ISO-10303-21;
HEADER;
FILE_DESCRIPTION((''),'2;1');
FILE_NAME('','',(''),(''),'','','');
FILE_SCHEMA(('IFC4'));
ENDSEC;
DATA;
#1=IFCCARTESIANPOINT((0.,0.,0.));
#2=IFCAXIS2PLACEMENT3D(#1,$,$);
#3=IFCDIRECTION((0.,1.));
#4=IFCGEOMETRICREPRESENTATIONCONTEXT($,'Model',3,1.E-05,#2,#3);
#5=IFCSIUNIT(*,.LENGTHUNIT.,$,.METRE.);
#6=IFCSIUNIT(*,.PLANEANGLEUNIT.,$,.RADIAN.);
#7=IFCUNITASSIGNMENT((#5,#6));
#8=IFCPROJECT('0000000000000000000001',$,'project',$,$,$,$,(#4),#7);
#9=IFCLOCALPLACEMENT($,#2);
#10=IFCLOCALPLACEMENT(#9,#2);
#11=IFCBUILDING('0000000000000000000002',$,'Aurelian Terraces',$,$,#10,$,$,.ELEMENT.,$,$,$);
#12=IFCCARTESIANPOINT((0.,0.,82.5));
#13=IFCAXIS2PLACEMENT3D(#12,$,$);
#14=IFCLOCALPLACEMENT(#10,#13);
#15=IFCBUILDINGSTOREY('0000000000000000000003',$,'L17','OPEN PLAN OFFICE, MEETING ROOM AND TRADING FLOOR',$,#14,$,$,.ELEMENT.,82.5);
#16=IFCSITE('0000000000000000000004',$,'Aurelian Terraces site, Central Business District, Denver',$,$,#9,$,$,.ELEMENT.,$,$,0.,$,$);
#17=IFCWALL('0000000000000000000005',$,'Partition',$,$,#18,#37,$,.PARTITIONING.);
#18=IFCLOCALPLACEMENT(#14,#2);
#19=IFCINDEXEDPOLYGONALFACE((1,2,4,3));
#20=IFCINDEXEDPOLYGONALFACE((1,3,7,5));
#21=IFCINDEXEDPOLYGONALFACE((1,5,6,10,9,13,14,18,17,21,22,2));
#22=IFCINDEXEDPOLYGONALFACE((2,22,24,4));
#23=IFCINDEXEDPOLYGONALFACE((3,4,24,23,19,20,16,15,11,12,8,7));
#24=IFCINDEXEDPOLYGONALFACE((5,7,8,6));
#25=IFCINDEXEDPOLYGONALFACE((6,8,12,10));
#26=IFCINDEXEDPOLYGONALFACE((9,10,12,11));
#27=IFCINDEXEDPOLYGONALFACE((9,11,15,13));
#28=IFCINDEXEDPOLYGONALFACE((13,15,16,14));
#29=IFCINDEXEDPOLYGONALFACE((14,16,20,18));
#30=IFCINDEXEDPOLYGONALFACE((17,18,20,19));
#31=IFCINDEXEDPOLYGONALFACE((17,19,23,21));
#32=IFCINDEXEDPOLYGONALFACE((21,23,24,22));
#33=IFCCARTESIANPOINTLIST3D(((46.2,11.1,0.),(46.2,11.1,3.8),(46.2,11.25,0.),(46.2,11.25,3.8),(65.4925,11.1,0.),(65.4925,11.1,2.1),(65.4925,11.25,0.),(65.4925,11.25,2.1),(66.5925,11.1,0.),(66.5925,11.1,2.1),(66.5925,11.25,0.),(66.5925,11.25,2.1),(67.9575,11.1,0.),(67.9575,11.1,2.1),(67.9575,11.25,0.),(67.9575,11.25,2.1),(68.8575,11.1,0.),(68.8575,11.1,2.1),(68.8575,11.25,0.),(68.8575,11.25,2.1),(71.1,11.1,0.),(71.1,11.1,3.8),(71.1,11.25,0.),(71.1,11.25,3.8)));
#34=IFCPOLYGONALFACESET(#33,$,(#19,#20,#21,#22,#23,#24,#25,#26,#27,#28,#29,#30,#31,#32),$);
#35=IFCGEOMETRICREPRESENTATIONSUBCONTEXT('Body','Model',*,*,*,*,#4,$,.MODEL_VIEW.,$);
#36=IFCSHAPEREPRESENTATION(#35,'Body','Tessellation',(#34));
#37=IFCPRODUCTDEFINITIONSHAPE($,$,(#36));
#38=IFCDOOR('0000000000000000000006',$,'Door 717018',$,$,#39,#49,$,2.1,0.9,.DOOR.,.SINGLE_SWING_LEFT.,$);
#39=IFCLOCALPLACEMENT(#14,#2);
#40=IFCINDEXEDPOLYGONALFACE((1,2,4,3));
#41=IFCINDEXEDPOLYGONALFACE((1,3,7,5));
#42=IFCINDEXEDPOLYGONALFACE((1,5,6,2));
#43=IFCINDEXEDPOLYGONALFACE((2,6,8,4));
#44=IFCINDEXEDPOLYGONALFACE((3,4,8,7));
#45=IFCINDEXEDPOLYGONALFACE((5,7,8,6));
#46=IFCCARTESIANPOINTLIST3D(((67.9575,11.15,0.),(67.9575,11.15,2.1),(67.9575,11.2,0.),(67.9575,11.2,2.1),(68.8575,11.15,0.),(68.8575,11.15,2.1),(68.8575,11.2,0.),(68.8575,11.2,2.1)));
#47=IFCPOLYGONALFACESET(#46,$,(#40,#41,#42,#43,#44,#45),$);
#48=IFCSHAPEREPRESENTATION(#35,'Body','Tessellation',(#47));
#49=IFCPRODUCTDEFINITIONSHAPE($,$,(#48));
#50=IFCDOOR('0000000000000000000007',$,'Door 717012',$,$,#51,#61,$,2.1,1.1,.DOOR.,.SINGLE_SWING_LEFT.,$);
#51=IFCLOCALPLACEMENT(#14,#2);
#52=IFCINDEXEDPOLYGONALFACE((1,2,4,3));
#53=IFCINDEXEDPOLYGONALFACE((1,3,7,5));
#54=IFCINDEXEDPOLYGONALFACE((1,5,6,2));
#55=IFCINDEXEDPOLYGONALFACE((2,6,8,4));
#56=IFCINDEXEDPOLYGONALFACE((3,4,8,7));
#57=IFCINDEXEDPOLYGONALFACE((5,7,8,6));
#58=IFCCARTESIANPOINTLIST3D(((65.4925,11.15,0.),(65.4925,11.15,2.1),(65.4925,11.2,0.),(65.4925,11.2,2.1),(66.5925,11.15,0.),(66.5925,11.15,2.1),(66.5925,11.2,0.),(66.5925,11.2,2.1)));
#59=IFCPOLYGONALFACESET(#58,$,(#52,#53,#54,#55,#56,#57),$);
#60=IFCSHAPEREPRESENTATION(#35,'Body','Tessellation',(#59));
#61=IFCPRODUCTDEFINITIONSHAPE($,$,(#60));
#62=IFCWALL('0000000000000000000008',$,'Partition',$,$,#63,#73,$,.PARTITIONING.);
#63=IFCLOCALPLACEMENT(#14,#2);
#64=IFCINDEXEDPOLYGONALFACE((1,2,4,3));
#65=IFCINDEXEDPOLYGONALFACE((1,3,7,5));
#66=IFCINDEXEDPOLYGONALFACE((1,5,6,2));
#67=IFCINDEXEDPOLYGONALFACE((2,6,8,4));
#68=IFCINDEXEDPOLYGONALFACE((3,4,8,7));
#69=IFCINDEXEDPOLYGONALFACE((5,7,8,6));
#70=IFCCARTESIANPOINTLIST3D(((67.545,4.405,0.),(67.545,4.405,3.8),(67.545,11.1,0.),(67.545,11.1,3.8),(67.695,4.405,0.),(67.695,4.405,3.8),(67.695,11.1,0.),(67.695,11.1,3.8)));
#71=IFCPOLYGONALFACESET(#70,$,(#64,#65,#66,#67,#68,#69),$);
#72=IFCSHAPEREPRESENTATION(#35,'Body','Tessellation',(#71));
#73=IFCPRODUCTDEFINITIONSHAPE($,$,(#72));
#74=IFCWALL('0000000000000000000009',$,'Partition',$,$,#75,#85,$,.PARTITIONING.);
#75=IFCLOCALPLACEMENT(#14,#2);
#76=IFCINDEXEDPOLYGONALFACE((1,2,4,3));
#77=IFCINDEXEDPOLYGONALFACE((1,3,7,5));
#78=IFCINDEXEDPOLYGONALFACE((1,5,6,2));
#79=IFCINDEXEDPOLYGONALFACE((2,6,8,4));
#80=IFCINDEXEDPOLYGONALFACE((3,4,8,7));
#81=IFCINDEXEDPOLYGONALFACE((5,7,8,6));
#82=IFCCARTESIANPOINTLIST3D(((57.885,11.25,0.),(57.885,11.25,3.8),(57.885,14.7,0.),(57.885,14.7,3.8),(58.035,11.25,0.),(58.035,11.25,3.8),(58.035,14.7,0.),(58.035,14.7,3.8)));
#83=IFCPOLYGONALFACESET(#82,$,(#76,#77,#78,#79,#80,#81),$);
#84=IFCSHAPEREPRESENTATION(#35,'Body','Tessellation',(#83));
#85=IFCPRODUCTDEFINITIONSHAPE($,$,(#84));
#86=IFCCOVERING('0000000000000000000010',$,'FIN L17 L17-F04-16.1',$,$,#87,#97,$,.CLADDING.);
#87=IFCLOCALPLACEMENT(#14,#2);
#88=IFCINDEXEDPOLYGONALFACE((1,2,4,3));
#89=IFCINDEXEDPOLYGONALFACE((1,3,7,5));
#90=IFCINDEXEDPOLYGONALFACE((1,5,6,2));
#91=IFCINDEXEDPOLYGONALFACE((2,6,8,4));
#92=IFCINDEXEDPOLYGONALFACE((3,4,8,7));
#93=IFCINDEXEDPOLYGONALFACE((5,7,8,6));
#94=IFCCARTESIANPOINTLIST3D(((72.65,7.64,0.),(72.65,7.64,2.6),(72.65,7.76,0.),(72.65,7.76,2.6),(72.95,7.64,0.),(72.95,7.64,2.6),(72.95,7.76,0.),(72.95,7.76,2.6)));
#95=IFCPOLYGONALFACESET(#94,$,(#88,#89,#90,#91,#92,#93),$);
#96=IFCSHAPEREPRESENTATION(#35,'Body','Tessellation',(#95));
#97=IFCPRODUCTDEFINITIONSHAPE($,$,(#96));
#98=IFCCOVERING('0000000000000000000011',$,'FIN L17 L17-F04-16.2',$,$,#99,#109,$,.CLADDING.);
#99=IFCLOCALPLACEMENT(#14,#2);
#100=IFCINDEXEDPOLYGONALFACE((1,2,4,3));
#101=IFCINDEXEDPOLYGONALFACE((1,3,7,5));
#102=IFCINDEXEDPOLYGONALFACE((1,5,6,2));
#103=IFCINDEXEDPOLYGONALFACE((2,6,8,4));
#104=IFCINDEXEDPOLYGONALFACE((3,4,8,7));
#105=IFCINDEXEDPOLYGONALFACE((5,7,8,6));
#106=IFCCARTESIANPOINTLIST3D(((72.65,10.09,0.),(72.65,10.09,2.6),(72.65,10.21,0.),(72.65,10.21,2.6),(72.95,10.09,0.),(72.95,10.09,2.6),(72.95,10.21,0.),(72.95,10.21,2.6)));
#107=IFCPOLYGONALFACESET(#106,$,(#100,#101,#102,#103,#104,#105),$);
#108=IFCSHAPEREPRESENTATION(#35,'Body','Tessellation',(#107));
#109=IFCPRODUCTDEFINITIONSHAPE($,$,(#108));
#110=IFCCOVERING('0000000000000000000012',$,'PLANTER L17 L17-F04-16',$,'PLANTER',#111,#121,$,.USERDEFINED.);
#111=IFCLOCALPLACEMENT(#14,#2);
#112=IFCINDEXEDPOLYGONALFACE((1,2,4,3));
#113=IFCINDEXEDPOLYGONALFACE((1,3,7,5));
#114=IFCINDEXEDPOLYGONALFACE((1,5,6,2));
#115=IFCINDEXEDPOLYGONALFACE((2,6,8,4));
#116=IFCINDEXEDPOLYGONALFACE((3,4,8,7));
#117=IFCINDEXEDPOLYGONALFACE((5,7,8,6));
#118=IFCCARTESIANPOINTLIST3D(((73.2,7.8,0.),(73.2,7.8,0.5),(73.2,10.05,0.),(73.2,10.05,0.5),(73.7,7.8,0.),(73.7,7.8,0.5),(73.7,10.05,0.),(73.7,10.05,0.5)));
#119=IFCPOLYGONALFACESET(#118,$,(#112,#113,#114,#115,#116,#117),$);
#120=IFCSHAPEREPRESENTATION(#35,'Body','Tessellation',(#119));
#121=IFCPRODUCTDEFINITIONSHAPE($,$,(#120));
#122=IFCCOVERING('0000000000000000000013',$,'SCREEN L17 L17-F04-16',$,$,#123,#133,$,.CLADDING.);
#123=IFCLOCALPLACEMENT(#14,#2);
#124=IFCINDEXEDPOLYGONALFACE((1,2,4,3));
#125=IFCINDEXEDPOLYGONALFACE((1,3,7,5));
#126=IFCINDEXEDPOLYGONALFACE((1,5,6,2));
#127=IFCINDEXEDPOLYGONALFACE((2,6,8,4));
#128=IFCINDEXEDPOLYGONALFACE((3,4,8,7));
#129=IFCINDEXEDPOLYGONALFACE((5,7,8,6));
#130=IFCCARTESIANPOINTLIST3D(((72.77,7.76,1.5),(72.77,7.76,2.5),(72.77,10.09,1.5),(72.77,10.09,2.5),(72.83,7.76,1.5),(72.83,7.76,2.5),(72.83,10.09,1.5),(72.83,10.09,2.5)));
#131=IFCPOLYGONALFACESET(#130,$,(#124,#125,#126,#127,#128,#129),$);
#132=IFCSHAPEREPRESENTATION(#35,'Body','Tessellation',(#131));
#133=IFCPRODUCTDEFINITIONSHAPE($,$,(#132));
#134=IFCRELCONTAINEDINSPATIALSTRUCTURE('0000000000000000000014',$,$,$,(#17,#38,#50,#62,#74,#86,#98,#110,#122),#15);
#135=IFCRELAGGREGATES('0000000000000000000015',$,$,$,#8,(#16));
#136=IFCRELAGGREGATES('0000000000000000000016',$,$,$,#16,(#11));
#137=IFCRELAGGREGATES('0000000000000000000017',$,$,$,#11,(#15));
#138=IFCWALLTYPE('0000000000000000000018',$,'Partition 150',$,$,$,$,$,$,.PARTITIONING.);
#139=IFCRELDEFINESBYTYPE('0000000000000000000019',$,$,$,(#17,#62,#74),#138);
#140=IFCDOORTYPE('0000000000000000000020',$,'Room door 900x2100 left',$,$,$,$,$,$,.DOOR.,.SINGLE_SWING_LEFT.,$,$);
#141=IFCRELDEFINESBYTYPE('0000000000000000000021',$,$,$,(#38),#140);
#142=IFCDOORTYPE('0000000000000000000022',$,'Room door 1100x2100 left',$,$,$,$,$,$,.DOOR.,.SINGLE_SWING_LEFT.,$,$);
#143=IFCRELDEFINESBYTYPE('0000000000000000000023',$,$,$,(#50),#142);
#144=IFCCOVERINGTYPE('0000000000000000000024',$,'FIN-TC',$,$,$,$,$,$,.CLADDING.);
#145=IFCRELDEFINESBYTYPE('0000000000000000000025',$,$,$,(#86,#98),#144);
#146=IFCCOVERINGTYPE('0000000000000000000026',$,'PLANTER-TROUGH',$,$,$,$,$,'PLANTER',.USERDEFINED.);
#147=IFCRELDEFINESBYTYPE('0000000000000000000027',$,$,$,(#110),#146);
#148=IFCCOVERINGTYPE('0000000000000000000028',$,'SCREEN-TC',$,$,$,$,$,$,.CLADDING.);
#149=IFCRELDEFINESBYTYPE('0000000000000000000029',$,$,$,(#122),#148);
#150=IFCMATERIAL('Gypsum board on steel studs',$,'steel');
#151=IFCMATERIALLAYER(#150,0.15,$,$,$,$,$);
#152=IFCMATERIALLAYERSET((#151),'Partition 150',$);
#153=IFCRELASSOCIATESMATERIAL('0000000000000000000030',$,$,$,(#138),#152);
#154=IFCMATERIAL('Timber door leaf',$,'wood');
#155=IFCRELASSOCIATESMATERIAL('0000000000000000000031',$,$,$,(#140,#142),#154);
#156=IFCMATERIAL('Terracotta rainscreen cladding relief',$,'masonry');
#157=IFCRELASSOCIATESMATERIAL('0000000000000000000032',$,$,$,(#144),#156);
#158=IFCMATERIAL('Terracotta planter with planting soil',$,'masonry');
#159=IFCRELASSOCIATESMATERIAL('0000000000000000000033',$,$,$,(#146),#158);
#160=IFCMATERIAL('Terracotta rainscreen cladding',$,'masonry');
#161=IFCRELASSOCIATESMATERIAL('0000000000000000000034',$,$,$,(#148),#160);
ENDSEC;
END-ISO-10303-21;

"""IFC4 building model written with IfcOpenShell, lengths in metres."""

from ifc_helpers import new_model, si_unit, direction, frame, frame_2d, origin, origin_2d, place, context, subcontext, project, spatial, rectangle, extrude, source, transform, mapped, material, layer, layer_set, type_object, element, fill, save


model = new_model("IFC4")

# Units and contexts
model_context = context("Model", 3, precision=1e-05, world=origin(), true_north=direction((0.0, 1.0)))
body_context = subcontext(model_context, "Body", "Model", "MODEL_VIEW")
ifc_project = project(units=[si_unit("LENGTHUNIT", "METRE"), si_unit("PLANEANGLEUNIT", "RADIAN")], contexts=[model_context])

# Site, building, storey
site_placement = place(None, origin())
site = spatial("IfcSite", under=ifc_project, at=site_placement, Name="Aurelian Terraces site, Central Business District, Denver", CompositionType="ELEMENT", RefElevation=0.0)
building_placement = place(site_placement, origin())
building = spatial("IfcBuilding", under=site, at=building_placement, Name="Aurelian Terraces", CompositionType="ELEMENT")
storey_placement = place(building_placement, frame((0.0, 0.0, 82.5)))
storey = spatial("IfcBuildingStorey", under=building, at=storey_placement, Name="L17", Description="OPEN PLAN OFFICE, MEETING ROOM AND TRADING FLOOR", CompositionType="ELEMENT", Elevation=82.5)

# Shared definitions
ifc_material_1 = material(Name="Terracotta rainscreen cladding", Category="masonry")

# Wall, openings, doors
ifc_material_2 = material(Name="Gypsum board on steel studs", Category="steel")
ifc_layer_1 = layer(ifc_material_2, 0.15)
ifc_layer_set_1 = layer_set([ifc_layer_1], Name="Partition 150")
wall_type_1 = type_object("IfcWallType", Name="Partition 150", PredefinedType="PARTITIONING", material=ifc_layer_set_1)
shared_shape_1 = source(origin(), body_context, "Body", "SweptSolid", [
    extrude(rectangle(XDim=24.9, YDim=0.15, at=frame_2d((12.45, 0.0))), origin(), (0.0, 0.0, 1.0), 3.8),
])
wall_1_placement = place(storey_placement, frame((71.1, 11.175, 0.0), z_axis=(0.0, 0.0, 1.0), x_axis=(-1.0, 0.0, 0.0)))
wall_1 = element("IfcWall", 1, at=wall_1_placement, inside=storey, type_object=wall_type_1, Name="Partition", PredefinedType="PARTITIONING", context=body_context, shape_type="MappedRepresentation", body=[
    mapped(shared_shape_1, transform((0.0, 0.0, 0.0), scale=1.0)),
])
shared_shape_2 = source(origin(), body_context, "Body", "SweptSolid", [
    extrude(rectangle(XDim=1.1, YDim=2.1, at=frame_2d((0.55, 1.05))), frame((0.0, 0.085, 0.0), z_axis=(0.0, -1.0, 0.0), x_axis=(1.0, 0.0, 0.0)), (0.0, 0.0, 1.0), 0.17),
])
opening_1_placement = place(wall_1_placement, frame((4.5075, 0.0, 0.0)))
opening_1 = element("IfcOpeningElement", 2, at=opening_1_placement, cuts=wall_1, PredefinedType="OPENING", context=body_context, shape_type="MappedRepresentation", body=[
    mapped(shared_shape_2, transform((0.0, 0.0, 0.0), scale=1.0)),
])
shared_shape_3 = source(origin(), body_context, "Body", "SweptSolid", [
    extrude(rectangle(XDim=0.9, YDim=2.1, at=frame_2d((0.45, 1.05))), frame((0.0, 0.085, 0.0), z_axis=(0.0, -1.0, 0.0), x_axis=(1.0, 0.0, 0.0)), (0.0, 0.0, 1.0), 0.17),
])
opening_2_placement = place(wall_1_placement, frame((2.2425, 0.0, 0.0)))
opening_2 = element("IfcOpeningElement", 3, at=opening_2_placement, cuts=wall_1, PredefinedType="OPENING", context=body_context, shape_type="MappedRepresentation", body=[
    mapped(shared_shape_3, transform((0.0, 0.0, 0.0), scale=1.0)),
])
ifc_material_3 = material(Name="Timber door leaf", Category="wood")
door_type_1 = type_object("IfcDoorType", Name="Room door 900x2100 left", OperationType="SINGLE_SWING_LEFT", PredefinedType="DOOR", material=ifc_material_3)
shared_shape_4 = source(origin(), body_context, "Body", "SweptSolid", [
    extrude(rectangle(XDim=0.9, YDim=2.1, at=frame_2d((0.45, 1.05))), frame((0.0, 0.025, 0.0), z_axis=(0.0, -1.0, 0.0), x_axis=(1.0, 0.0, 0.0)), (0.0, 0.0, 1.0), 0.05),
])
door_1_placement = place(opening_2_placement, origin())
door_1 = element("IfcDoor", 4, at=door_1_placement, inside=storey, type_object=door_type_1, Name="Door 717018", OperationType="SINGLE_SWING_LEFT", OverallHeight=2.1, OverallWidth=0.9, PredefinedType="DOOR", context=body_context, shape_type="MappedRepresentation", body=[
    mapped(shared_shape_4, transform((0.0, 0.0, 0.0), scale=1.0)),
])
fill(opening_2, door_1)
door_type_2 = type_object("IfcDoorType", Name="Room door 1100x2100 left", OperationType="SINGLE_SWING_LEFT", PredefinedType="DOOR", material=ifc_material_3)
shared_shape_5 = source(origin(), body_context, "Body", "SweptSolid", [
    extrude(rectangle(XDim=1.1, YDim=2.1, at=frame_2d((0.55, 1.05))), frame((0.0, 0.025, 0.0), z_axis=(0.0, -1.0, 0.0), x_axis=(1.0, 0.0, 0.0)), (0.0, 0.0, 1.0), 0.05),
])
door_2_placement = place(opening_1_placement, origin())
door_2 = element("IfcDoor", 5, at=door_2_placement, inside=storey, type_object=door_type_2, Name="Door 717012", OperationType="SINGLE_SWING_LEFT", OverallHeight=2.1, OverallWidth=1.1, PredefinedType="DOOR", context=body_context, shape_type="MappedRepresentation", body=[
    mapped(shared_shape_5, transform((0.0, 0.0, 0.0), scale=1.0)),
])
fill(opening_1, door_2)

# Walls
shared_shape_6 = source(origin(), body_context, "Body", "SweptSolid", [
    extrude(rectangle(XDim=6.695, YDim=0.15, at=frame_2d((3.3475, 0.0))), origin(), (0.0, 0.0, 1.0), 3.8),
])
wall_2_placement = place(storey_placement, frame((67.62, 4.405, 0.0), z_axis=(0.0, 0.0, 1.0), x_axis=(0.0, 1.0, 0.0)))
element("IfcWall", 6, at=wall_2_placement, inside=storey, type_object=wall_type_1, Name="Partition", PredefinedType="PARTITIONING", context=body_context, shape_type="MappedRepresentation", body=[
    mapped(shared_shape_6, transform((0.0, 0.0, 0.0), scale=1.0)),
])
shared_shape_7 = source(origin(), body_context, "Body", "SweptSolid", [
    extrude(rectangle(XDim=3.45, YDim=0.15, at=frame_2d((1.725, 0.0))), origin(), (0.0, 0.0, 1.0), 3.8),
])
wall_3_placement = place(storey_placement, frame((57.96, 11.25, 0.0), z_axis=(0.0, 0.0, 1.0), x_axis=(0.0, 1.0, 0.0)))
element("IfcWall", 7, at=wall_3_placement, inside=storey, type_object=wall_type_1, Name="Partition", PredefinedType="PARTITIONING", context=body_context, shape_type="MappedRepresentation", body=[
    mapped(shared_shape_7, transform((0.0, 0.0, 0.0), scale=1.0)),
])

# Coverings
ifc_material_4 = material(Name="Terracotta rainscreen cladding relief", Category="masonry")
covering_type_1 = type_object("IfcCoveringType", Name="FIN-TC", PredefinedType="CLADDING", material=ifc_material_4)
shared_shape_8 = source(origin(), body_context, "Body", "SweptSolid", [
    extrude(rectangle(XDim=0.3, YDim=0.12, at=origin_2d()), origin(), (0.0, 0.0, 1.0), 2.6),
])
for number, where, z_axis, x_axis, name in (
    (8, (72.8, 7.7, 0.0), (0.0, 0.0, 1.0), (1.0, 0.0, 0.0), "FIN L17 L17-F04-16.1"),
    (9, (72.8, 10.15, 0.0), (0.0, 0.0, 1.0), (1.0, 0.0, 0.0), "FIN L17 L17-F04-16.2"),
):
    element("IfcCovering", number, at=place(storey_placement, frame(where, z_axis=z_axis, x_axis=x_axis)), inside=storey, type_object=covering_type_1, Name=name, PredefinedType="CLADDING", context=body_context, shape_type="MappedRepresentation", body=[
        mapped(shared_shape_8, transform((0.0, 0.0, 0.0), scale=1.0)),
    ])

# Coverings
ifc_material_5 = material(Name="Terracotta planter with planting soil", Category="masonry")
covering_type_2 = type_object("IfcCoveringType", Name="PLANTER-TROUGH", ElementType="PLANTER", PredefinedType="USERDEFINED", material=ifc_material_5)
shared_shape_9 = source(origin(), body_context, "Body", "SweptSolid", [
    extrude(rectangle(XDim=0.5, YDim=2.25, at=origin_2d()), origin(), (0.0, 0.0, 1.0), 0.5),
])
covering_1_placement = place(storey_placement, frame((73.45, 8.925, 0.0), z_axis=(0.0, 0.0, 1.0), x_axis=(1.0, 0.0, 0.0)))
element("IfcCovering", 10, at=covering_1_placement, inside=storey, type_object=covering_type_2, Name="PLANTER L17 L17-F04-16", ObjectType="PLANTER", PredefinedType="USERDEFINED", context=body_context, shape_type="MappedRepresentation", body=[
    mapped(shared_shape_9, transform((0.0, 0.0, 0.0), scale=1.0)),
])
covering_type_3 = type_object("IfcCoveringType", Name="SCREEN-TC", PredefinedType="CLADDING", material=ifc_material_1)
shared_shape_10 = source(origin(), body_context, "Body", "SweptSolid", [
    extrude(rectangle(XDim=0.06, YDim=2.33, at=origin_2d()), origin(), (0.0, 0.0, 1.0), 1.0),
])
covering_2_placement = place(storey_placement, frame((72.8, 8.925, 1.5), z_axis=(0.0, 0.0, 1.0), x_axis=(1.0, 0.0, 0.0)))
element("IfcCovering", 11, at=covering_2_placement, inside=storey, type_object=covering_type_3, Name="SCREEN L17 L17-F04-16", PredefinedType="CLADDING", context=body_context, shape_type="MappedRepresentation", body=[
    mapped(shared_shape_10, transform((0.0, 0.0, 0.0), scale=1.0)),
])

save(model, "model.ifc")
